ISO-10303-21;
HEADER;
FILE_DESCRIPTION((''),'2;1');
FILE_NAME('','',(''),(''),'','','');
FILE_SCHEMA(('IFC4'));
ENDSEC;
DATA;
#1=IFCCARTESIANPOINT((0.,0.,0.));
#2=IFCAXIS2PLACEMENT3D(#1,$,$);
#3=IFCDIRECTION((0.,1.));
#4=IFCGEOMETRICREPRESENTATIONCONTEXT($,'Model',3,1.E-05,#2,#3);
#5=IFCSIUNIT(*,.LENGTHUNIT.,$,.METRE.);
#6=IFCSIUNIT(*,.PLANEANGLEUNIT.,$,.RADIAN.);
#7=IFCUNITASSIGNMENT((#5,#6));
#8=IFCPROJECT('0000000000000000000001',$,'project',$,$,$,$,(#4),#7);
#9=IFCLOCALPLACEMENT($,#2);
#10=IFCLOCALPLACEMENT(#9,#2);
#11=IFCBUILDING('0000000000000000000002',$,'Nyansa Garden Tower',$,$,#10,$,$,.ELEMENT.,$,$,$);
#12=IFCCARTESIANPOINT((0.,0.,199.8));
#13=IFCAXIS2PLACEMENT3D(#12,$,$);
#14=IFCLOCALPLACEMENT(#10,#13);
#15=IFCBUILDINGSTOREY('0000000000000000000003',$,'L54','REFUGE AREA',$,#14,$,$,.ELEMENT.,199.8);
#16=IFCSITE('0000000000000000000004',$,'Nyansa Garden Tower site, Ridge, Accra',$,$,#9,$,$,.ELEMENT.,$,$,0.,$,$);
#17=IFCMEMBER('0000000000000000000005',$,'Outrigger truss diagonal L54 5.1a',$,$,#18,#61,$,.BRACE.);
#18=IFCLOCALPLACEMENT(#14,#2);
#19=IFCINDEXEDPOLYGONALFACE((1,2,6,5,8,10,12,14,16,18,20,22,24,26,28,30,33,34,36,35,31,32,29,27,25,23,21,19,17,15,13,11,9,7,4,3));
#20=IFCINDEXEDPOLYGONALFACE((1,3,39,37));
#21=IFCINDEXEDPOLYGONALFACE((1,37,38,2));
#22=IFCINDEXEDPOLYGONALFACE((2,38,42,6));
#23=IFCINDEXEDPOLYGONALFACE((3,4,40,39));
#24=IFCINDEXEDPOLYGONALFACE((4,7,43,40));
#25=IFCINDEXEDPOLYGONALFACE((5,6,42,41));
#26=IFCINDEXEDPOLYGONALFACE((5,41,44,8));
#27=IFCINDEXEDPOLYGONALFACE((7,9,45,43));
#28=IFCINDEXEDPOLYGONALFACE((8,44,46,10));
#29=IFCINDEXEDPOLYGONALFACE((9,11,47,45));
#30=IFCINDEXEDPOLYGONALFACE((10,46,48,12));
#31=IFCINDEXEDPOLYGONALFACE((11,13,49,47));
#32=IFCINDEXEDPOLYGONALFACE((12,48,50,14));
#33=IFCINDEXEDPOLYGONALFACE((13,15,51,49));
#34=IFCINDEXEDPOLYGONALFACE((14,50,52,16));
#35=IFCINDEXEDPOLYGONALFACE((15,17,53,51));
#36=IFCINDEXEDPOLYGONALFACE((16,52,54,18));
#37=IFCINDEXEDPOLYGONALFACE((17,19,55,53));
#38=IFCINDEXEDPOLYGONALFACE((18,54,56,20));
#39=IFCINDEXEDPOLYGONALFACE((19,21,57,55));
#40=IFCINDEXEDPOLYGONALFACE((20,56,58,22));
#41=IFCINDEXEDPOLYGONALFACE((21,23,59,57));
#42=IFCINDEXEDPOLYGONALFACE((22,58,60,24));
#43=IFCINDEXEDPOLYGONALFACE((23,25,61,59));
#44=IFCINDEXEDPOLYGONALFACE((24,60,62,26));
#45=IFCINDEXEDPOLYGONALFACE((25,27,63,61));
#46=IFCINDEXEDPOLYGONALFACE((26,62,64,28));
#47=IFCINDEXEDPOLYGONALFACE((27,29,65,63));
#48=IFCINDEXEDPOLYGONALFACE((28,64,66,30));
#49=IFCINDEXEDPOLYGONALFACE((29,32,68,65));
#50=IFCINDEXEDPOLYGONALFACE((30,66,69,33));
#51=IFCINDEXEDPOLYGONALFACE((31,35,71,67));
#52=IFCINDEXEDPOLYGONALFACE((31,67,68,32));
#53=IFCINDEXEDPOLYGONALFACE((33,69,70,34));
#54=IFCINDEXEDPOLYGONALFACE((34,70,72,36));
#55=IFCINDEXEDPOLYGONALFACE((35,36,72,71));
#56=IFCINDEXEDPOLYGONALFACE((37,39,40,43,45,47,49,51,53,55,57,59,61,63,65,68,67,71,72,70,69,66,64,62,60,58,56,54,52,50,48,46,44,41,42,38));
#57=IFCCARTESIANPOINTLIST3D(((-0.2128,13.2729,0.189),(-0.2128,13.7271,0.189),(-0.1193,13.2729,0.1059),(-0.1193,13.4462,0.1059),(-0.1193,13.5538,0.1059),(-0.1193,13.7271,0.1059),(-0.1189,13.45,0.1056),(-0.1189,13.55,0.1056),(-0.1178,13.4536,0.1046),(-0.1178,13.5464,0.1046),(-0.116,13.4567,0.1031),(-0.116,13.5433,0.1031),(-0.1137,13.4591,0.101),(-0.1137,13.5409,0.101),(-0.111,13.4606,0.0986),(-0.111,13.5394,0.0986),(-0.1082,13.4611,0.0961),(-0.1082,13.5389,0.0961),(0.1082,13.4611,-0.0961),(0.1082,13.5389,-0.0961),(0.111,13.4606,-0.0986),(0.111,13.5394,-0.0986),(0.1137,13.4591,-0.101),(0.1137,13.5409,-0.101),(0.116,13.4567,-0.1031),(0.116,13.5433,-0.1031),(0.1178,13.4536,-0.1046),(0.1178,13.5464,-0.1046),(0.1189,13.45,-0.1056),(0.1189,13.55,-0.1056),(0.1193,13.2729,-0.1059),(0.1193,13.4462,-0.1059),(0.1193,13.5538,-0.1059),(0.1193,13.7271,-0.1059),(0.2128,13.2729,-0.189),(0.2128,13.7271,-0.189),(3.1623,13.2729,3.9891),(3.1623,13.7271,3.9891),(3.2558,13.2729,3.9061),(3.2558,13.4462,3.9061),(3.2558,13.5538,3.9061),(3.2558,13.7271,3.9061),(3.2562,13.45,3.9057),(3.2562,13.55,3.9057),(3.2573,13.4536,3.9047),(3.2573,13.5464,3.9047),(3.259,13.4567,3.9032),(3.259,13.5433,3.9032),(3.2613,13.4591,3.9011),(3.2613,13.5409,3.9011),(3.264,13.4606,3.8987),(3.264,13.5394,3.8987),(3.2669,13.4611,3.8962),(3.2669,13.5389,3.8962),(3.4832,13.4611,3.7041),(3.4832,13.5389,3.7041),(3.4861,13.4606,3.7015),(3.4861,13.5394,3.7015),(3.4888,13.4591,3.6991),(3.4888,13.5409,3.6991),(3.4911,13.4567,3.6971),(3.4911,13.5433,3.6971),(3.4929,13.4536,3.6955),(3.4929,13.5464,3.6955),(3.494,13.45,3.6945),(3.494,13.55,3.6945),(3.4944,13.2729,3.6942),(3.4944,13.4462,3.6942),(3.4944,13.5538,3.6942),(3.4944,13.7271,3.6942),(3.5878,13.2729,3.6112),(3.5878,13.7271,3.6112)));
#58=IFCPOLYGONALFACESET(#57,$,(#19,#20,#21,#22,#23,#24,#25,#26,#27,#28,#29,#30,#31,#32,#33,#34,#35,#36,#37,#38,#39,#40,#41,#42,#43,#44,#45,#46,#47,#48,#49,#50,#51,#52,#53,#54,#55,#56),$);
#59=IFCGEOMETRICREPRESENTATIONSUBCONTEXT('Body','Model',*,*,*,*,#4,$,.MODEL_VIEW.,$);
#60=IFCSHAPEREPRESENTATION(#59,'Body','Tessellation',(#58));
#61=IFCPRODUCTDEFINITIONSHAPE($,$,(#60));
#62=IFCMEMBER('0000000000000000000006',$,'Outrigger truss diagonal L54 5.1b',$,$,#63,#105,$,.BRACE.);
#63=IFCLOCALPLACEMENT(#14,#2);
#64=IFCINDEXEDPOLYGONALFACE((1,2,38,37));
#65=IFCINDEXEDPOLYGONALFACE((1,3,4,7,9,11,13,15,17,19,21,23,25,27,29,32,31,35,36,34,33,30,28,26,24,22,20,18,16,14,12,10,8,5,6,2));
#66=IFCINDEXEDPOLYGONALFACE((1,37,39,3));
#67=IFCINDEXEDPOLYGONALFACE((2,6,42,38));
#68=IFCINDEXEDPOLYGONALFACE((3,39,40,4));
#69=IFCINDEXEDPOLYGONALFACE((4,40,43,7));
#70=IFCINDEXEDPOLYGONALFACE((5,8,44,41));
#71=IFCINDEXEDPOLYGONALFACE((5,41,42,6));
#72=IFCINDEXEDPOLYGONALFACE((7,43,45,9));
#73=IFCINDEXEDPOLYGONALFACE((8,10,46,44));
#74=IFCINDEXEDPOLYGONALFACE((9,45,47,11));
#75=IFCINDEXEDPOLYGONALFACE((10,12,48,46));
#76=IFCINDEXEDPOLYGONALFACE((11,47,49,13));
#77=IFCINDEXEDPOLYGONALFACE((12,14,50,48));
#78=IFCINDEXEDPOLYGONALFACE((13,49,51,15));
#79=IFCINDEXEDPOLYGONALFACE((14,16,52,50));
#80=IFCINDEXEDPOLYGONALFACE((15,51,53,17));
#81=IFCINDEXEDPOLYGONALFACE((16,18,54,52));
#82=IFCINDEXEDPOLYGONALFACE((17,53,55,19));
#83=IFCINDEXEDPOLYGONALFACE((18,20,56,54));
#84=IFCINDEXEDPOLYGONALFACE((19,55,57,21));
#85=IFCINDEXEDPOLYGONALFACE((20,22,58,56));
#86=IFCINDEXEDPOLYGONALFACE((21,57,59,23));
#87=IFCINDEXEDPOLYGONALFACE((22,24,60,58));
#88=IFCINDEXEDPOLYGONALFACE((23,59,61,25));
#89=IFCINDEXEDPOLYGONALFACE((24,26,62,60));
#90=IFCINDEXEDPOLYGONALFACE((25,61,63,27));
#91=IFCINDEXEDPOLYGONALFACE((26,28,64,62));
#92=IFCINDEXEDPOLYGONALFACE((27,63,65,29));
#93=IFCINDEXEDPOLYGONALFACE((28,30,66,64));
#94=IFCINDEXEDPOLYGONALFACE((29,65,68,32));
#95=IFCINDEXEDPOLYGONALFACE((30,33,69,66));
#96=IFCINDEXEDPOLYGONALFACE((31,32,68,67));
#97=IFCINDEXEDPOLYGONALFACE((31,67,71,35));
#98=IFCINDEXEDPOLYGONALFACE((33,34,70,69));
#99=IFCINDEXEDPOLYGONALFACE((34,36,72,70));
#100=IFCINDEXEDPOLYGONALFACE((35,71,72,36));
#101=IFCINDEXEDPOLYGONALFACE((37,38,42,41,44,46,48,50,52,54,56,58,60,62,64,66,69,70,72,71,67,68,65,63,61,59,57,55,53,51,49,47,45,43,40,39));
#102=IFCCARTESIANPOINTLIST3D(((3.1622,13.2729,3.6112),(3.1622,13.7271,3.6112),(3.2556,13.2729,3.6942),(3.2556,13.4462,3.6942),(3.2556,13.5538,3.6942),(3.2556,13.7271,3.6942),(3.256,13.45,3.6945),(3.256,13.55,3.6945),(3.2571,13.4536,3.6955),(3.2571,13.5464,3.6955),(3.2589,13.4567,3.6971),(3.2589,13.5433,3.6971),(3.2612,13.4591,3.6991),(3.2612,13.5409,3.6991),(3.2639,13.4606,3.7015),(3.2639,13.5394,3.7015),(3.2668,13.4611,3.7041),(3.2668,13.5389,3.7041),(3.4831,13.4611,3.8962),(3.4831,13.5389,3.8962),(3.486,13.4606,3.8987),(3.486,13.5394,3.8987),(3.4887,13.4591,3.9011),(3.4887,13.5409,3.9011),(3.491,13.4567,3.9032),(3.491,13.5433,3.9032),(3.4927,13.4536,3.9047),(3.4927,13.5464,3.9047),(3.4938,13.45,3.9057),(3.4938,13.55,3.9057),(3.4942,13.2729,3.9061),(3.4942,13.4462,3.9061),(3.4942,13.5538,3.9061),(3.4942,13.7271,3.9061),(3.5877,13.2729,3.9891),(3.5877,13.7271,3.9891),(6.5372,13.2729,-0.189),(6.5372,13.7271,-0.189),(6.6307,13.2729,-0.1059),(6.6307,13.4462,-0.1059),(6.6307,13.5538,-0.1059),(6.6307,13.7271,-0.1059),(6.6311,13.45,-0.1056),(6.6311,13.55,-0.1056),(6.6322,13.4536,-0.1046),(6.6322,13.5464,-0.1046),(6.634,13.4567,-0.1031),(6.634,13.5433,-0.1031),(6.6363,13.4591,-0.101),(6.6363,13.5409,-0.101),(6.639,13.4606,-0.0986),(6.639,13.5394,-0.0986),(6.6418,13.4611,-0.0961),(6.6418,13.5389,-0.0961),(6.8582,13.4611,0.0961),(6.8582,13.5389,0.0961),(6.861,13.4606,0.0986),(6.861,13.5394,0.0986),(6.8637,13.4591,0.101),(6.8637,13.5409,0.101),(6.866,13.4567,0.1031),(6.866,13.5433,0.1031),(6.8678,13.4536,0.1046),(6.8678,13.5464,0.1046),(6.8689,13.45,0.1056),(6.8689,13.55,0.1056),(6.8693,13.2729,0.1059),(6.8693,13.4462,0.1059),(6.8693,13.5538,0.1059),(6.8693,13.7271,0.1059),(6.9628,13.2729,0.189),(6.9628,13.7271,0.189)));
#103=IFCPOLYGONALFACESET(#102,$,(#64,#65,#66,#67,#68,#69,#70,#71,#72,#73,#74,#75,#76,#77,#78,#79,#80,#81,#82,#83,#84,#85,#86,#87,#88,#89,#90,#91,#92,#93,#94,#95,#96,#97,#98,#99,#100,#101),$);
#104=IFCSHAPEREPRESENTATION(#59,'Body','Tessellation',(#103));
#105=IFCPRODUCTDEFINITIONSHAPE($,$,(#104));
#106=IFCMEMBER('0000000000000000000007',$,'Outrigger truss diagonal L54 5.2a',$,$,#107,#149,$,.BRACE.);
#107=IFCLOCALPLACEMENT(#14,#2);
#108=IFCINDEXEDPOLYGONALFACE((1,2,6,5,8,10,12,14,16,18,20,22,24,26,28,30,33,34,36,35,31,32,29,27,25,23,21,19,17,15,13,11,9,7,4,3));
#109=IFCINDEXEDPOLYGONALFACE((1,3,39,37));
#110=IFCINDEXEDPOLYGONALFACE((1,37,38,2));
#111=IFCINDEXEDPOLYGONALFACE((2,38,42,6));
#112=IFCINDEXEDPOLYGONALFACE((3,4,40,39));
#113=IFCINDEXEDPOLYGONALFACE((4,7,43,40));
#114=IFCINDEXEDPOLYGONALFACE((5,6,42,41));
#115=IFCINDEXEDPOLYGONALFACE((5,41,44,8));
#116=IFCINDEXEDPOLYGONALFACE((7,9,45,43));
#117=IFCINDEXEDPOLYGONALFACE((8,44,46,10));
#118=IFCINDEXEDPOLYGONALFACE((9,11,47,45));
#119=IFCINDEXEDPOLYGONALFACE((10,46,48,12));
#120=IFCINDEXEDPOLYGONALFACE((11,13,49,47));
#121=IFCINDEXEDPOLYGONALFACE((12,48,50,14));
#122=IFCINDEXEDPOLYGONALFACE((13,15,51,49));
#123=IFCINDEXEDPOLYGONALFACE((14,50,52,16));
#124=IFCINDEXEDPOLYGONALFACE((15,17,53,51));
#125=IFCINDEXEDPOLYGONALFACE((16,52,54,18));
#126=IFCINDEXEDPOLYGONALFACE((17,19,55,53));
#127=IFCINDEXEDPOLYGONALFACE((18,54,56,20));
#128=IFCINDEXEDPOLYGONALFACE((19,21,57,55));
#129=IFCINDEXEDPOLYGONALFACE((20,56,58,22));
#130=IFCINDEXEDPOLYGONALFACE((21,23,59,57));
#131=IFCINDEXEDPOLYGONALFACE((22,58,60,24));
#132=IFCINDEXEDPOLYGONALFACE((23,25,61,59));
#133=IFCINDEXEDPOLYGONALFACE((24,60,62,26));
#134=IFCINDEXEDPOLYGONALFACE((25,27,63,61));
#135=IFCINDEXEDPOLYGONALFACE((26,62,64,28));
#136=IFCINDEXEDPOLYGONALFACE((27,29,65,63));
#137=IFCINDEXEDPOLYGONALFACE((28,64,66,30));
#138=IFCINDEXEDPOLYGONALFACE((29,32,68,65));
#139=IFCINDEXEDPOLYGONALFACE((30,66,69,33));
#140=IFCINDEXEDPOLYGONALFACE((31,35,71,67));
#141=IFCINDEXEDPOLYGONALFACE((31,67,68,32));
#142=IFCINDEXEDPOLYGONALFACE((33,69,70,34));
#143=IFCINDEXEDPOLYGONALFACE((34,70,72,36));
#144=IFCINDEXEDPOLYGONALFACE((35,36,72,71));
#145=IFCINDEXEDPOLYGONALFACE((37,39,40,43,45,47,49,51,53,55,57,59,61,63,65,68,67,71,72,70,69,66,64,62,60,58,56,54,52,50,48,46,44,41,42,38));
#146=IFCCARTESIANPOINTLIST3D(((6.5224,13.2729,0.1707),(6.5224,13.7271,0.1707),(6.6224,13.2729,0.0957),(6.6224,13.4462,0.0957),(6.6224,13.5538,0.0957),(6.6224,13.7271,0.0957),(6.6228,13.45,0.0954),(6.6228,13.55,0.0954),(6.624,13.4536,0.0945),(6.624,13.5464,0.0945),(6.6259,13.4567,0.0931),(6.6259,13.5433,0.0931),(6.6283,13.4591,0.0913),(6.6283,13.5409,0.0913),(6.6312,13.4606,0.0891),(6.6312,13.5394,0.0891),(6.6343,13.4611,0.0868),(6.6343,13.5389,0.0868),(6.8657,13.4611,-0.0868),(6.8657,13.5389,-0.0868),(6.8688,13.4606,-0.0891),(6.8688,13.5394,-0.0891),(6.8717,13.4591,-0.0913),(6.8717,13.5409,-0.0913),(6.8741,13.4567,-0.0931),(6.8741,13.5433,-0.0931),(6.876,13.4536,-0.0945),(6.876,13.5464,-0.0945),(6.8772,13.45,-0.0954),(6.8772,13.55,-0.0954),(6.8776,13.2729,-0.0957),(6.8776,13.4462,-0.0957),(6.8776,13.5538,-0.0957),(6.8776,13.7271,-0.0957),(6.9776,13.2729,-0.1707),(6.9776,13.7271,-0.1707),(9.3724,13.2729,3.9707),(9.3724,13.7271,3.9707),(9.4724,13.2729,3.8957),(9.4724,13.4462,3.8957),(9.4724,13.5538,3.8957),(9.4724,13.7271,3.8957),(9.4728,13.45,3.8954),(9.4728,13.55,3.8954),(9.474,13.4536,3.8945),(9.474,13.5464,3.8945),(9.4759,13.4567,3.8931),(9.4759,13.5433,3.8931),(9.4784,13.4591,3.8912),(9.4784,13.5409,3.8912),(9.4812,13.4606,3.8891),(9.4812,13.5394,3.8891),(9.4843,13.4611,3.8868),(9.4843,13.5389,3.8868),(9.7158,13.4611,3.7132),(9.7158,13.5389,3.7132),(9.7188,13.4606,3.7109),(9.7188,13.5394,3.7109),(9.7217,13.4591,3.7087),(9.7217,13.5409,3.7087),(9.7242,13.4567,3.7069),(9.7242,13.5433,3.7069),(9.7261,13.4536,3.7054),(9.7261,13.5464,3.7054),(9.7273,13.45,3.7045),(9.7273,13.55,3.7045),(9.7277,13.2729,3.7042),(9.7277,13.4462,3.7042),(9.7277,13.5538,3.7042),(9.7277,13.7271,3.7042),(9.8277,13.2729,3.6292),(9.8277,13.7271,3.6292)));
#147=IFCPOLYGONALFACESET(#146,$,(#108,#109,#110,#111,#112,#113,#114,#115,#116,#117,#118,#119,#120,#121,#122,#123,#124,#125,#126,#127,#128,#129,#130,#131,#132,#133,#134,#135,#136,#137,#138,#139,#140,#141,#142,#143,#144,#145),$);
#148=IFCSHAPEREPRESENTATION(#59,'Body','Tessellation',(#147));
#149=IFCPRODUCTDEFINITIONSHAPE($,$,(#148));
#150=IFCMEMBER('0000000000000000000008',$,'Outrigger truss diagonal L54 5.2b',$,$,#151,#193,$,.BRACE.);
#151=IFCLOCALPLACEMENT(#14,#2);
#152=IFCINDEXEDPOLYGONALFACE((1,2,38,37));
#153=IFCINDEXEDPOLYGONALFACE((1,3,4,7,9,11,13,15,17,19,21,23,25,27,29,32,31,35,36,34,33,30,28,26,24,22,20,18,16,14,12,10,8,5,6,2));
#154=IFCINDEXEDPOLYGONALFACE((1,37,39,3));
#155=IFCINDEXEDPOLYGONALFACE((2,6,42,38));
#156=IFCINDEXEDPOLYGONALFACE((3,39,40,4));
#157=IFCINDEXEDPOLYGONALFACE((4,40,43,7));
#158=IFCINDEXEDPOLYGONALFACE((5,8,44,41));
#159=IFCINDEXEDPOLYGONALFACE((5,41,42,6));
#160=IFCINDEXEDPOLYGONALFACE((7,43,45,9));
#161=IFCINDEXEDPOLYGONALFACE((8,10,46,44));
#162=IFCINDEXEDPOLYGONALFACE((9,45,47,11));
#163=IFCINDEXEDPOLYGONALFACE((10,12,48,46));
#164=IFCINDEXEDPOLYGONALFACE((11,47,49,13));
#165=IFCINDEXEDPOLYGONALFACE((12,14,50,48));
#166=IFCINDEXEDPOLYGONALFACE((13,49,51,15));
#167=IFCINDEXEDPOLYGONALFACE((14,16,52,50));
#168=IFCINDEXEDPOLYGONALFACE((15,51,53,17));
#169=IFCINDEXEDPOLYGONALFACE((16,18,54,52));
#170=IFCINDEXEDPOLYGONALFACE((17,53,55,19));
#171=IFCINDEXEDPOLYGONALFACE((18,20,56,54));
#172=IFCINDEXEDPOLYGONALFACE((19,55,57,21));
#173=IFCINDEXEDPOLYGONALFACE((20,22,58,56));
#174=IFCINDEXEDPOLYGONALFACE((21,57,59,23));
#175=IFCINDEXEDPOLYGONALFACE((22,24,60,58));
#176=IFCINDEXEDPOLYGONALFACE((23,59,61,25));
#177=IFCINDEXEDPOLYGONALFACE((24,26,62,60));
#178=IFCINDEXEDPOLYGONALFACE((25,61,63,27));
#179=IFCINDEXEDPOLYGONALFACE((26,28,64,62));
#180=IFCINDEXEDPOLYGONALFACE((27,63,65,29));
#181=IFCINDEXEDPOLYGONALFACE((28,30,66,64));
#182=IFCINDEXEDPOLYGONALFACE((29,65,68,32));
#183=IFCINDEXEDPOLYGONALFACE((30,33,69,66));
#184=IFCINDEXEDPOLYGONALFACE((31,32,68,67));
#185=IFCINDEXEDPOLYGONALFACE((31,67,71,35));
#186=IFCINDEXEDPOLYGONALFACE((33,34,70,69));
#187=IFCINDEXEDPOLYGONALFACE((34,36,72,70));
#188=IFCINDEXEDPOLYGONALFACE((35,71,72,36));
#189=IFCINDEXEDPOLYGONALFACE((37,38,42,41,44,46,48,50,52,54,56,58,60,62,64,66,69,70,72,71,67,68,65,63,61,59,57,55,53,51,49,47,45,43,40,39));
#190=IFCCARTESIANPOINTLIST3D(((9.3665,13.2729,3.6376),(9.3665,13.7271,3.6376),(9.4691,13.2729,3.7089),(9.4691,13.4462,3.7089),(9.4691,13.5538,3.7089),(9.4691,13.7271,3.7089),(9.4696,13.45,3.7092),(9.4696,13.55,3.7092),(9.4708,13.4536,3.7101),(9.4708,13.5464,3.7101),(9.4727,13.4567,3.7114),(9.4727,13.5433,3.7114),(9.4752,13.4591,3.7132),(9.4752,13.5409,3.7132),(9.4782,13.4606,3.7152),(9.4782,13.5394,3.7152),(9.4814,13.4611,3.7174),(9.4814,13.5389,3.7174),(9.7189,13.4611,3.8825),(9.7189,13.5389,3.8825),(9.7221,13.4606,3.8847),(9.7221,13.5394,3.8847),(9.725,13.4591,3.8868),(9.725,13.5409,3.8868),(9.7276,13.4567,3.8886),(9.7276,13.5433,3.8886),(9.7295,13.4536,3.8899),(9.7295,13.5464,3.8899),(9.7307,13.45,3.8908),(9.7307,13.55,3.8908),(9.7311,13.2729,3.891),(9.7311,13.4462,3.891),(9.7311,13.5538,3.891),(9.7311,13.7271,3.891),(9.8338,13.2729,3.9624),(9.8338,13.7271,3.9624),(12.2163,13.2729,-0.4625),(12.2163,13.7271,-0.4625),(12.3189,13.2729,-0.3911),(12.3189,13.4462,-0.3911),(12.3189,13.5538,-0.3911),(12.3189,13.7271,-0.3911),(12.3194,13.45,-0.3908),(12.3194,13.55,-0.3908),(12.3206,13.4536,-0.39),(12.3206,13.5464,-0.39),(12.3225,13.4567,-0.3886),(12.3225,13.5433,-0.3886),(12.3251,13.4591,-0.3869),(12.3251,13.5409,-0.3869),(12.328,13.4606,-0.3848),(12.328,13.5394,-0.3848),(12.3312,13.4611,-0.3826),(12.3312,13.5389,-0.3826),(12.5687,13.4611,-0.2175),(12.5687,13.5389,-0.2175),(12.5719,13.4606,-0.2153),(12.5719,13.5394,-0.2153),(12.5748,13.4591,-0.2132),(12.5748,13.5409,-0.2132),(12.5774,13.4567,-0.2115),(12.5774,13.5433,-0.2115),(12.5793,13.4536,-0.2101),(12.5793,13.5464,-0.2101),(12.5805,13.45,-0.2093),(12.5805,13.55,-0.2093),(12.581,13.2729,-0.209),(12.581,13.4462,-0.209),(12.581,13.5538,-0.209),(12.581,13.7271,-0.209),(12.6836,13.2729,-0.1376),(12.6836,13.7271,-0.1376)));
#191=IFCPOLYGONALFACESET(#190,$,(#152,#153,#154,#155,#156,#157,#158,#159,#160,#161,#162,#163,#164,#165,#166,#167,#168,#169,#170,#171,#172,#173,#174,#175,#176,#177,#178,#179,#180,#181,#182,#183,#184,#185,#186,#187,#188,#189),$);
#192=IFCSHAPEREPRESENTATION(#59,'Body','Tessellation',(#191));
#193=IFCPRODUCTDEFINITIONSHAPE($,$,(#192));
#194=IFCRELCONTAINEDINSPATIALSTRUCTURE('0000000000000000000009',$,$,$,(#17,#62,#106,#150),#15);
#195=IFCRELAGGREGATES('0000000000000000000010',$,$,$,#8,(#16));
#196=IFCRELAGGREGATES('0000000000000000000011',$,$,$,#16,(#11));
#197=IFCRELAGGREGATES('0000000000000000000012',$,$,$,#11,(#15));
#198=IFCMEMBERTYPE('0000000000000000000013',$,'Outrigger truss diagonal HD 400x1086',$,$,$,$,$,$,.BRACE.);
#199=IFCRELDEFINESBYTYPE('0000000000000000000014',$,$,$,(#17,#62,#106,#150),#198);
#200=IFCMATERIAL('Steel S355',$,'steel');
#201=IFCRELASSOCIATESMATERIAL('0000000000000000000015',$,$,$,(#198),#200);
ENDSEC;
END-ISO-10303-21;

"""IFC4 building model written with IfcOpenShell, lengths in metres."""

from ifc_helpers import new_model, si_unit, direction, frame, origin, origin_2d, place, context, subcontext, project, spatial, i_section, extrude, material, material_profile, profile_set, type_object, element, save


model = new_model("IFC4")

# Units and contexts
model_context = context("Model", 3, precision=1e-05, world=origin(), true_north=direction((0.0, 1.0)))
body_context = subcontext(model_context, "Body", "Model", "MODEL_VIEW")
ifc_project = project(units=[si_unit("LENGTHUNIT", "METRE"), si_unit("PLANEANGLEUNIT", "RADIAN")], contexts=[model_context])

# Site, building, storey
site_placement = place(None, origin())
site = spatial("IfcSite", under=ifc_project, at=site_placement, Name="Nyansa Garden Tower site, Ridge, Accra", CompositionType="ELEMENT", RefElevation=0.0)
building_placement = place(site_placement, origin())
building = spatial("IfcBuilding", under=site, at=building_placement, Name="Nyansa Garden Tower", CompositionType="ELEMENT")
storey_placement = place(building_placement, frame((0.0, 0.0, 199.8)))
storey = spatial("IfcBuildingStorey", under=building, at=storey_placement, Name="L54", Description="REFUGE AREA", CompositionType="ELEMENT", Elevation=199.8)

# Members
ifc_material_1 = material(Name="Steel S355", Category="steel")
ifc_material_profile_1 = material_profile(ifc_material_1, i_section(OverallWidth=0.4541, OverallDepth=0.5691, WebThickness=0.0779, FlangeThickness=0.125, FilletRadius=0.0149, at=origin_2d()), Name="HD 400x1086")
ifc_profile_set_1 = profile_set([ifc_material_profile_1], Name="Steel S355")
member_type_1 = type_object("IfcMemberType", Name="Outrigger truss diagonal HD 400x1086", PredefinedType="BRACE", material=ifc_profile_set_1)
for number, where, z_axis, x_axis, name in (
    (1, (0.0, 13.5, 0.0), (0.664054, 0.0, 0.747685), (0.0, 1.0, 0.0), "Outrigger truss diagonal L54 5.1a"),
    (2, (6.75, 13.5, 0.0), (-0.664054, 0.0, 0.747685), (0.0, -1.0, 0.0), "Outrigger truss diagonal L54 5.1b"),
):
    element("IfcMember", number, at=place(storey_placement, frame(where, z_axis=z_axis, x_axis=x_axis)), inside=storey, type_object=member_type_1, Name=name, PredefinedType="BRACE", context=body_context, shape_type="SweptSolid", body=[
        extrude(i_section(OverallWidth=0.4541, OverallDepth=0.5691, WebThickness=0.0779, FlangeThickness=0.125, FilletRadius=0.0149, at=origin_2d()), origin(), (0.0, 0.0, 1.0), 5.0825),
    ])
member_1_placement = place(storey_placement, frame((6.75, 13.5, 0.0), z_axis=(0.600008, 0.0, 0.799994), x_axis=(0.0, 1.0, 0.0)))
element("IfcMember", 3, at=member_1_placement, inside=storey, type_object=member_type_1, Name="Outrigger truss diagonal L54 5.2a", PredefinedType="BRACE", context=body_context, shape_type="SweptSolid", body=[
    extrude(i_section(OverallWidth=0.4541, OverallDepth=0.5691, WebThickness=0.0779, FlangeThickness=0.125, FilletRadius=0.0149, at=origin_2d()), origin(), (0.0, 0.0, 1.0), 4.75),
])
member_2_placement = place(storey_placement, frame((12.45, 13.5, -0.3), z_axis=(-0.570742, 0.0, 0.821129), x_axis=(0.0, -1.0, 0.0)))
element("IfcMember", 4, at=member_2_placement, inside=storey, type_object=member_type_1, Name="Outrigger truss diagonal L54 5.2b", PredefinedType="BRACE", context=body_context, shape_type="SweptSolid", body=[
    extrude(i_section(OverallWidth=0.4541, OverallDepth=0.5691, WebThickness=0.0779, FlangeThickness=0.125, FilletRadius=0.0149, at=origin_2d()), origin(), (0.0, 0.0, 1.0), 4.9932),
])

save(model, "model.ifc")
